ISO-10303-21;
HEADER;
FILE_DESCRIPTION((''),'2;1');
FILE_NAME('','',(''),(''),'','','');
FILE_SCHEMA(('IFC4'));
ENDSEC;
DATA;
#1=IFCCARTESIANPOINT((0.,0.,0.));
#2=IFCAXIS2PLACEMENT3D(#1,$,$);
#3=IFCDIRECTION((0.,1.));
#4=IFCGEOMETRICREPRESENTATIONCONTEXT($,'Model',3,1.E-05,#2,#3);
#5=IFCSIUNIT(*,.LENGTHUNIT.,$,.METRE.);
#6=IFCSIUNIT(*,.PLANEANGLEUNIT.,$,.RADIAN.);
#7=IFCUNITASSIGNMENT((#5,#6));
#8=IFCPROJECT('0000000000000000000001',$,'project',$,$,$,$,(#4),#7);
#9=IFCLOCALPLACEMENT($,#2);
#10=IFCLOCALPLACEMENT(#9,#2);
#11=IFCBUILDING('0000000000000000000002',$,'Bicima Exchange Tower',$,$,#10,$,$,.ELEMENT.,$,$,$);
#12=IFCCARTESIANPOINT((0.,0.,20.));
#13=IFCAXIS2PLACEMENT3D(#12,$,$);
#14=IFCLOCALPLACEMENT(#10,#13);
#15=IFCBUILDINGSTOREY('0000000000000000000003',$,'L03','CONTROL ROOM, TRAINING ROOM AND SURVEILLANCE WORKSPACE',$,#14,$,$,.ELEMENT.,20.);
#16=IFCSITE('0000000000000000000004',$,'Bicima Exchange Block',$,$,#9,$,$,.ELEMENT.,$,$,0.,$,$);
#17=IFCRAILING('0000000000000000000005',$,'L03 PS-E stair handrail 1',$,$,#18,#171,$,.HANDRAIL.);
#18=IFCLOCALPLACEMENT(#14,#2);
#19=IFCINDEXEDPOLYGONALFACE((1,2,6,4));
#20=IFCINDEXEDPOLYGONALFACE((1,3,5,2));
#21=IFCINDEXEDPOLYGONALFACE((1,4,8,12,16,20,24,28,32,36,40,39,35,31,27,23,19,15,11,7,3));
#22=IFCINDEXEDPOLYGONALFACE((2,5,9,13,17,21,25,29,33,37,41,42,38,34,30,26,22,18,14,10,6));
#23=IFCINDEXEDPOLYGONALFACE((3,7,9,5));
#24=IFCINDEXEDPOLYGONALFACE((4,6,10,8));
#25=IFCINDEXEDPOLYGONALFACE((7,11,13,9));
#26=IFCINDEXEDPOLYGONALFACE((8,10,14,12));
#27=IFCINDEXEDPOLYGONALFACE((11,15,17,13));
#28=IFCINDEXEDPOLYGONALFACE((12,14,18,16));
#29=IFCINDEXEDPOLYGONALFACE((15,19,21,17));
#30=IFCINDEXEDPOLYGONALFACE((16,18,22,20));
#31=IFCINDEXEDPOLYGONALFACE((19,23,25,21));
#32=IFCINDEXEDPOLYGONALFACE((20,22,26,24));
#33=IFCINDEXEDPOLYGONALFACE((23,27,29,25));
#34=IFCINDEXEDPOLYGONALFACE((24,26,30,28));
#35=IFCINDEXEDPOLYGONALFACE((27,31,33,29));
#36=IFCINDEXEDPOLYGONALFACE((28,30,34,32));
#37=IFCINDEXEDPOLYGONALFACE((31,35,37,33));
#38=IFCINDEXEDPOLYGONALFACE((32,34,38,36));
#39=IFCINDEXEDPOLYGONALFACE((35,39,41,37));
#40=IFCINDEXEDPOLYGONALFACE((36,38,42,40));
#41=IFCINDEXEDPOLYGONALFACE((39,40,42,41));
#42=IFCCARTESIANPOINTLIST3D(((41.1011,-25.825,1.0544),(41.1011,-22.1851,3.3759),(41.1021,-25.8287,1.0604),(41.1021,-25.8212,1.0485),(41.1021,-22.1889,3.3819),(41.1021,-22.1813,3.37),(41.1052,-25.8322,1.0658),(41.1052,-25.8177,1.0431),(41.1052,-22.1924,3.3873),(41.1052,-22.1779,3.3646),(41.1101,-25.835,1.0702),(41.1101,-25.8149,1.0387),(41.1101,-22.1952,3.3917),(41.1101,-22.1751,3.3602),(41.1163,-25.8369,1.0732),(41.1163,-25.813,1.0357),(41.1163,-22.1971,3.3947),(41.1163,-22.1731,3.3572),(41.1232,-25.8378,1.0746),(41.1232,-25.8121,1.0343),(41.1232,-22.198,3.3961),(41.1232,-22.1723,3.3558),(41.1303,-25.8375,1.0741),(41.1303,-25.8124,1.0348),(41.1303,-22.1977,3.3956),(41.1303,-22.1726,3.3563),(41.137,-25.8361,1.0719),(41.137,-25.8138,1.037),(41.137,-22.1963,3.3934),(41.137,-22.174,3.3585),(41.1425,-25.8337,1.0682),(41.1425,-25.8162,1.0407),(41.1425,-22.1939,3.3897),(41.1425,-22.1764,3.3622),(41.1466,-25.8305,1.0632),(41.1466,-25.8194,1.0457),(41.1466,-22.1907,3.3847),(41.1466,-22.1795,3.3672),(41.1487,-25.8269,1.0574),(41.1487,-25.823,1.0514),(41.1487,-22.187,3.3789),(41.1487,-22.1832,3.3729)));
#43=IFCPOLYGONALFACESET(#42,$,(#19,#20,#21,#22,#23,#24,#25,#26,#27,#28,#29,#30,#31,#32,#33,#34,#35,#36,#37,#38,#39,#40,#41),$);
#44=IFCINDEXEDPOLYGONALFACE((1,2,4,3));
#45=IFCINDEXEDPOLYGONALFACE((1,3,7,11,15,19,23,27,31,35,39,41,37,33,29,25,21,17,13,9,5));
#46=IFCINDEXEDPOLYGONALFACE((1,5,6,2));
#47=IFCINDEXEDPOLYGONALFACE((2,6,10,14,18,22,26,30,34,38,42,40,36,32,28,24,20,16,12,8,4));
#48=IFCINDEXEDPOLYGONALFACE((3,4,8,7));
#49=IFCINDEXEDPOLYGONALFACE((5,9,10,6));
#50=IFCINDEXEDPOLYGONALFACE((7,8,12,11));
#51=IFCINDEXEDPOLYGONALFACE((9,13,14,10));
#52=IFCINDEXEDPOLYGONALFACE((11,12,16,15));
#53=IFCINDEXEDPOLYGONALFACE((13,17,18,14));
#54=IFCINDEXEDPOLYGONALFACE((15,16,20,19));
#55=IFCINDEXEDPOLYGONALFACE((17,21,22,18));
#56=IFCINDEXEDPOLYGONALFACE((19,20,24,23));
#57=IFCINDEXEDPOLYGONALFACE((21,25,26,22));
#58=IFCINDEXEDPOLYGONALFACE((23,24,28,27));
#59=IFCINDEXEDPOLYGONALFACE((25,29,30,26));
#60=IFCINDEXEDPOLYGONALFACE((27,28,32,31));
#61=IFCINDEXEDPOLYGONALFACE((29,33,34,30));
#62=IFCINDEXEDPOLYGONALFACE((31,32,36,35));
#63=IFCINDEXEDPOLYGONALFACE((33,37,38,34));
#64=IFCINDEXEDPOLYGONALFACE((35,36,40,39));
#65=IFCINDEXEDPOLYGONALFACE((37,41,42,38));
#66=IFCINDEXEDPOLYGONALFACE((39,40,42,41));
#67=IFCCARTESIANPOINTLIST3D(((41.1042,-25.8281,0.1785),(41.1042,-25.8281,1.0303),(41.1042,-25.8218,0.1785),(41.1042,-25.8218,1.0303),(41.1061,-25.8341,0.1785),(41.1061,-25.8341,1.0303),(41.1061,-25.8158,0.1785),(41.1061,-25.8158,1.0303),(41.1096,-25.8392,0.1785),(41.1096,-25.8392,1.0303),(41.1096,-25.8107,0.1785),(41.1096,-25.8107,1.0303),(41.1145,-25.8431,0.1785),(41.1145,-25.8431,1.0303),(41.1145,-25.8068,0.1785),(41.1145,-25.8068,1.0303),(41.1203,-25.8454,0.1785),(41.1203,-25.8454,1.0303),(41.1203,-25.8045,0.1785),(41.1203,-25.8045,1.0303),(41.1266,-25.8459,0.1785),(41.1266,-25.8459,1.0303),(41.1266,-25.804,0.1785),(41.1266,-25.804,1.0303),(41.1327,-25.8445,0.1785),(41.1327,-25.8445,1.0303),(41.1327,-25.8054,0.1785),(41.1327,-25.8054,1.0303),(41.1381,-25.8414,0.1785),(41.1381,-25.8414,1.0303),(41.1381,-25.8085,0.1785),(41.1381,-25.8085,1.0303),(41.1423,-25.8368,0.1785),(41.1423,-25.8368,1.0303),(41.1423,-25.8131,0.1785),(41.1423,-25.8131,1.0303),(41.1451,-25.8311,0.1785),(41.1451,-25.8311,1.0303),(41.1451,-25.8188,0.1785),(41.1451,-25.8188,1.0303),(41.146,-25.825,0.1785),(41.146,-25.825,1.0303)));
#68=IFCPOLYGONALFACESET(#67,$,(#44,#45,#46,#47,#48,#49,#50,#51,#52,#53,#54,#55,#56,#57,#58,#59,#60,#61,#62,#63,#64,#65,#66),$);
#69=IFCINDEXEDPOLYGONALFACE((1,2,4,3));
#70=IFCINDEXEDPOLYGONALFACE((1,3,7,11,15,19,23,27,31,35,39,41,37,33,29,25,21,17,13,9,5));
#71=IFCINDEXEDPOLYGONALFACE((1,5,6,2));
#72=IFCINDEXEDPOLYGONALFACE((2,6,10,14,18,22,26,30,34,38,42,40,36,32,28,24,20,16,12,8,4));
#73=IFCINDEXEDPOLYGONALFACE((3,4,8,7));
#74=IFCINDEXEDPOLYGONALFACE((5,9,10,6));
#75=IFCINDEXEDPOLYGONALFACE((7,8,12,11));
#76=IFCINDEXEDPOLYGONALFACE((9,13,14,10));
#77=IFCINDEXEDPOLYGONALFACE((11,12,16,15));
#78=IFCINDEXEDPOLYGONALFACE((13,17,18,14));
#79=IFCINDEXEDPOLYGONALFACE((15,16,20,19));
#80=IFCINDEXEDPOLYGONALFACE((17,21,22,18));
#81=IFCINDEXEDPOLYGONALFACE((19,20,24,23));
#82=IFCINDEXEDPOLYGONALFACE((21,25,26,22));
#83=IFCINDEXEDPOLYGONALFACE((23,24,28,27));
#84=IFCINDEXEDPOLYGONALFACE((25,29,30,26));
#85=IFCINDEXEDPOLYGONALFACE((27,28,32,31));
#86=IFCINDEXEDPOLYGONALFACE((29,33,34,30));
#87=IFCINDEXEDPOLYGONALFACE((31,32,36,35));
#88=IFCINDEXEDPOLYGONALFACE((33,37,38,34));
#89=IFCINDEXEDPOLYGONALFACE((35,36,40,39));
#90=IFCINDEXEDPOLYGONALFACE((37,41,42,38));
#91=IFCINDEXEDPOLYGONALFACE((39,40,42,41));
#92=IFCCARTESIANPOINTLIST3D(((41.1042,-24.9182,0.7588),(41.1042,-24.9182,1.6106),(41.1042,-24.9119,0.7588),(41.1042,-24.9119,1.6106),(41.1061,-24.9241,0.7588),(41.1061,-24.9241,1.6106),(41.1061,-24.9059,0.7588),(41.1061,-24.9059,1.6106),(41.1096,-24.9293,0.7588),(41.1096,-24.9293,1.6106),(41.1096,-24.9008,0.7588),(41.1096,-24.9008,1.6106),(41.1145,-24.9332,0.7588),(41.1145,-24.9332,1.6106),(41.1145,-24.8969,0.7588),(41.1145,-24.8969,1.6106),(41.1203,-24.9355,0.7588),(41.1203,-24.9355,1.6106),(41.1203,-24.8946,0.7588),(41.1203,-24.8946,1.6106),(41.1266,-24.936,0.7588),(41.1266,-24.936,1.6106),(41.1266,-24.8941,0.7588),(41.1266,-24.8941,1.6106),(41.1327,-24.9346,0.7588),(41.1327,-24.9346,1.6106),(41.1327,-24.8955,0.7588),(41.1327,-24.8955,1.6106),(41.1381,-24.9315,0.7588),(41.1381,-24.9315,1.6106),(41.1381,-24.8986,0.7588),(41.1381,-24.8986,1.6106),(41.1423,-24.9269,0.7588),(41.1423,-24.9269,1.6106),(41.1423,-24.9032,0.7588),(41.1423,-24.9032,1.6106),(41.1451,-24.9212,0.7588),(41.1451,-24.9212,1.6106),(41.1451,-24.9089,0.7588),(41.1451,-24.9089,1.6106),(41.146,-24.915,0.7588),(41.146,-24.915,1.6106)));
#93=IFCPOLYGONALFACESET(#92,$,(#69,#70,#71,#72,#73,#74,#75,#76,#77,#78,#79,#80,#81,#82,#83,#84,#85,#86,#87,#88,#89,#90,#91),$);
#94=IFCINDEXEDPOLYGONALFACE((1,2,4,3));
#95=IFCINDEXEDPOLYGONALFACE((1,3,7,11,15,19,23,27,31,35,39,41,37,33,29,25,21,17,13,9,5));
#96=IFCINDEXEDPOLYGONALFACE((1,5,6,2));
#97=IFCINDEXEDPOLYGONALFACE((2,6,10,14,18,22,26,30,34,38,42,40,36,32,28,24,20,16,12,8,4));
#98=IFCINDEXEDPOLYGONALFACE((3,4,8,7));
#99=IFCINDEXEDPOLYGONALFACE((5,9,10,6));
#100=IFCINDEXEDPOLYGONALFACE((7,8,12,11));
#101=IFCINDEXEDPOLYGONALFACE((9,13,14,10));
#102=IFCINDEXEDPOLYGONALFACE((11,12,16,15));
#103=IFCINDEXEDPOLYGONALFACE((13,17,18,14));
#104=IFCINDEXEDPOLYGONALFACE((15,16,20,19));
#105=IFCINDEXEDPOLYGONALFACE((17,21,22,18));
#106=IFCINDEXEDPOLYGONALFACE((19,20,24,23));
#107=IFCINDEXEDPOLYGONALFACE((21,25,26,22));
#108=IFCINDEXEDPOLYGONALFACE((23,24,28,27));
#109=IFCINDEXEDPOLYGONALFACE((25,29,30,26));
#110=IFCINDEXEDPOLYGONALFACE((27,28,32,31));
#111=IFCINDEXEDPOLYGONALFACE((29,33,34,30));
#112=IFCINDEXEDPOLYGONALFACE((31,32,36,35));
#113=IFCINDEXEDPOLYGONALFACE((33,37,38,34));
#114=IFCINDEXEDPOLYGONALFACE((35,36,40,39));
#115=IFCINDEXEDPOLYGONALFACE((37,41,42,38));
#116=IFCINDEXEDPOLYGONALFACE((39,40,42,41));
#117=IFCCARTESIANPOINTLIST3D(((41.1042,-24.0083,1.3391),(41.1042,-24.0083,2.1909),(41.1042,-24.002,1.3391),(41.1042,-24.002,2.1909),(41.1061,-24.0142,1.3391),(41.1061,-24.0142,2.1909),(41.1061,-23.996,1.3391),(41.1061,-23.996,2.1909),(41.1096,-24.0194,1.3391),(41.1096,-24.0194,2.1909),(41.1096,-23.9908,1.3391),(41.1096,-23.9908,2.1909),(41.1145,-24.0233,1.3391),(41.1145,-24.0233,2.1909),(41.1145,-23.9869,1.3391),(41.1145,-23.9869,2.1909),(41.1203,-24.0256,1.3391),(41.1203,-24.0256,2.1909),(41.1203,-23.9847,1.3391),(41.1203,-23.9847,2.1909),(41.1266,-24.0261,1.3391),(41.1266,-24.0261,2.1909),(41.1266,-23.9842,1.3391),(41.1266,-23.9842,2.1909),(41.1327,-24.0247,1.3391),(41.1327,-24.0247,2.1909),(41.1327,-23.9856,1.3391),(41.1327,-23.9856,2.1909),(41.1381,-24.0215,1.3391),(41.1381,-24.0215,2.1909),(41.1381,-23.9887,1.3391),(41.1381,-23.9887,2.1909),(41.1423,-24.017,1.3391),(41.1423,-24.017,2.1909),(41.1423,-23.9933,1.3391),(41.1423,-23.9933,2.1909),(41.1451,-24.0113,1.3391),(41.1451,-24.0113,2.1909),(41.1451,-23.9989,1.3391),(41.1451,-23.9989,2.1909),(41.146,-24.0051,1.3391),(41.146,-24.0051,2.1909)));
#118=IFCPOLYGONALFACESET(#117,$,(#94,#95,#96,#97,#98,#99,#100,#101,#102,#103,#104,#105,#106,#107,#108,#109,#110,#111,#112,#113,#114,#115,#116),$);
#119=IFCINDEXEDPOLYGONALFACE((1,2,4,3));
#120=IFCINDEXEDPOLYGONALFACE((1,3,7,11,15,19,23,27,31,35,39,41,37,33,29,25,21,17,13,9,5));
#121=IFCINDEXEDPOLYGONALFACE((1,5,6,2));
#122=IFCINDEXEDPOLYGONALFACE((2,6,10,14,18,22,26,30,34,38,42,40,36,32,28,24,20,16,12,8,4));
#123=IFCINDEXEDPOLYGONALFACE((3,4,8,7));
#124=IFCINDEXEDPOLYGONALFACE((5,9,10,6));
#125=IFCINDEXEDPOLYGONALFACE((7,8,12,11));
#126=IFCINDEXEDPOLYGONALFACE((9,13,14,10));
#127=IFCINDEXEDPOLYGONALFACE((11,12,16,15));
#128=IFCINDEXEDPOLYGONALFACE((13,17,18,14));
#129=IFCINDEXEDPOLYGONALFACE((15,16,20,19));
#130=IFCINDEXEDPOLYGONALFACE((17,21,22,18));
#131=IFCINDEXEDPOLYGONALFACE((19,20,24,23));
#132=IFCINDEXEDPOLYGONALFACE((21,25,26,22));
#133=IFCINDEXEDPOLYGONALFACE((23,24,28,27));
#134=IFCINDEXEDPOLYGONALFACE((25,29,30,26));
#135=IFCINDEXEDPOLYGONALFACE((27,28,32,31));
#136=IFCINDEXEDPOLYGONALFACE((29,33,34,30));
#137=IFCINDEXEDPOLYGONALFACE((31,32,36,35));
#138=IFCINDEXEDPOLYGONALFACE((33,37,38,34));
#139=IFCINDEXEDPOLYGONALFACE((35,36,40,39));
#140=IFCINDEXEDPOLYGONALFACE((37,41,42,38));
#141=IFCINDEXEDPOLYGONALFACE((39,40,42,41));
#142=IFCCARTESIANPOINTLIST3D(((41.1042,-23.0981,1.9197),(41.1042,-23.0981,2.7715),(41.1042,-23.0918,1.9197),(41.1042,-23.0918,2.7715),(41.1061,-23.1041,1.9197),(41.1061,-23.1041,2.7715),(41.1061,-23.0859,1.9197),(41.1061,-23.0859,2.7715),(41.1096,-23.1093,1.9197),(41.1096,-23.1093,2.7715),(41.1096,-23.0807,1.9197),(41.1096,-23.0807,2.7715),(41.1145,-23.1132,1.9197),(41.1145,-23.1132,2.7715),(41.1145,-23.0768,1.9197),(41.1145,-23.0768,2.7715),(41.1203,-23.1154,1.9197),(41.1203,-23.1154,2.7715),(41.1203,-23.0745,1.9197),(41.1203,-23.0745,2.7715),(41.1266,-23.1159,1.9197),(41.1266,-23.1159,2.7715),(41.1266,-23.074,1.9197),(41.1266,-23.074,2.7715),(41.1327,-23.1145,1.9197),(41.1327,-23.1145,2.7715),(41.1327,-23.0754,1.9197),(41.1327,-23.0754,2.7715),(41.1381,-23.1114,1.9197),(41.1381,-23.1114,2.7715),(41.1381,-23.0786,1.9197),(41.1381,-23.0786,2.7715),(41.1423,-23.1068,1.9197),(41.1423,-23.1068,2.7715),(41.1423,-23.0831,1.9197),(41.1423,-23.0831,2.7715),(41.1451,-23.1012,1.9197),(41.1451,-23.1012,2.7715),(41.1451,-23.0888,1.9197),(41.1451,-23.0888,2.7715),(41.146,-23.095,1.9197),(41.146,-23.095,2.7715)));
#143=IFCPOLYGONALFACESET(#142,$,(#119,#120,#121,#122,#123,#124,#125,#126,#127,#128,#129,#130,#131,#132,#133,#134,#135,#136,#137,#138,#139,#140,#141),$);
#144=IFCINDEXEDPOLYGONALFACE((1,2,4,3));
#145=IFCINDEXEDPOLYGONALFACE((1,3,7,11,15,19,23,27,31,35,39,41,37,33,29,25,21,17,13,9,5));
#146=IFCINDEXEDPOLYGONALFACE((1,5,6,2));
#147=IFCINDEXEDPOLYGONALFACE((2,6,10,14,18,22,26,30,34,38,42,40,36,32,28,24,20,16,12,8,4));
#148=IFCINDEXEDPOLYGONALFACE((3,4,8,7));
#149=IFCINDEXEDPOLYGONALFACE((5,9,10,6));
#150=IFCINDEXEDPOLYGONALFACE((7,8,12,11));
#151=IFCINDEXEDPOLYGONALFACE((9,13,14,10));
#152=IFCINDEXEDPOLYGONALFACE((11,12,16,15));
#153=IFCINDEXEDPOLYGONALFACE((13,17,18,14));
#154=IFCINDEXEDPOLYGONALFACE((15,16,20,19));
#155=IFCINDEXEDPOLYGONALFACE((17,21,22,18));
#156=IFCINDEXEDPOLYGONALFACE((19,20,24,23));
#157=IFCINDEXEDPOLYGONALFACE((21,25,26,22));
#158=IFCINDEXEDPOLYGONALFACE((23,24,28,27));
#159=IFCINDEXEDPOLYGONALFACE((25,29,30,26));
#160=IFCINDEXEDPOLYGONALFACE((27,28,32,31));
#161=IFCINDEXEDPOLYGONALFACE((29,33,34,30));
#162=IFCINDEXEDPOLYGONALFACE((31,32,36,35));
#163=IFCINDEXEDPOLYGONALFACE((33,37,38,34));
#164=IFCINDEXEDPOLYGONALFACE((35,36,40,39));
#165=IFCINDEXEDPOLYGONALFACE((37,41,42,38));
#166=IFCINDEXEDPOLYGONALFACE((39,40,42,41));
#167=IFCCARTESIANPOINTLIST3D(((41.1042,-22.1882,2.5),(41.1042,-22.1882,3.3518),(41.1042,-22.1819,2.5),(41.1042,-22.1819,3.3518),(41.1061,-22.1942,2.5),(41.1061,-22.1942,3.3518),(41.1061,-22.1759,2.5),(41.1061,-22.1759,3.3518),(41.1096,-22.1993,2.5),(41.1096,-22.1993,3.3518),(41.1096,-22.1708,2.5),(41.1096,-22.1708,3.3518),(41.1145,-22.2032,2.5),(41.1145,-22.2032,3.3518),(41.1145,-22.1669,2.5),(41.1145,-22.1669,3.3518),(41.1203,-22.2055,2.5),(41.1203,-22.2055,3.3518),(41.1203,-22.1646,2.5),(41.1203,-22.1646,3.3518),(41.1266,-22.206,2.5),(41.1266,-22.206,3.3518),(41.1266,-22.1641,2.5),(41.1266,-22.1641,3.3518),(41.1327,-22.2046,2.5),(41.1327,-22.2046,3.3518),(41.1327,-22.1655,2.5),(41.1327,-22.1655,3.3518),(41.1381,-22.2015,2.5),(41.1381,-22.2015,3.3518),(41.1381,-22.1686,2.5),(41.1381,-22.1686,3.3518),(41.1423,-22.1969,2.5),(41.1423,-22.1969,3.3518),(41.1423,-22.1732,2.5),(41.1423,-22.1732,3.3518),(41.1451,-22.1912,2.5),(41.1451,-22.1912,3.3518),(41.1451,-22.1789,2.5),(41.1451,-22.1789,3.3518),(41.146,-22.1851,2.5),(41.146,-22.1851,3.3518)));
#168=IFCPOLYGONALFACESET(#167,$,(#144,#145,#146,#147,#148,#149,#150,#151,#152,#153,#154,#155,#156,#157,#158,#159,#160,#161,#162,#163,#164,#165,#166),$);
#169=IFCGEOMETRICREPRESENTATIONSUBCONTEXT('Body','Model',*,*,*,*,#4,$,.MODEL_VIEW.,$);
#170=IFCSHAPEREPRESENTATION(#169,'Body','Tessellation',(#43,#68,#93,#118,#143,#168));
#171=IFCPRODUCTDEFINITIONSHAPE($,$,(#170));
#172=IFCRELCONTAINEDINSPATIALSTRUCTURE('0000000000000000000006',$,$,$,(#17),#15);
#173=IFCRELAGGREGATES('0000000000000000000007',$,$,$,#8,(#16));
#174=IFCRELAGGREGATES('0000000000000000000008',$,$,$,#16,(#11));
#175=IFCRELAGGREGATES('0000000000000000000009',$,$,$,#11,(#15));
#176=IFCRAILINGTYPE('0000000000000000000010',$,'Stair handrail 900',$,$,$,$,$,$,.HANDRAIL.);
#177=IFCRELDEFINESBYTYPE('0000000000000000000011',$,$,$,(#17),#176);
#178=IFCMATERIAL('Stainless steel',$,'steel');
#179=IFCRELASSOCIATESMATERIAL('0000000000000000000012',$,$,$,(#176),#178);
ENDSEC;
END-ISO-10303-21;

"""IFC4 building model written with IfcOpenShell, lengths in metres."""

from ifc_helpers import new_model, si_unit, direction, frame, origin, origin_2d, place, context, subcontext, project, spatial, circle, extrude, material, type_object, element, save


model = new_model("IFC4")

# Units and contexts
model_context = context("Model", 3, precision=1e-05, world=origin(), true_north=direction((0.0, 1.0)))
body_context = subcontext(model_context, "Body", "Model", "MODEL_VIEW")
ifc_project = project(units=[si_unit("LENGTHUNIT", "METRE"), si_unit("PLANEANGLEUNIT", "RADIAN")], contexts=[model_context])

# Site, building, storey
site_placement = place(None, origin())
site = spatial("IfcSite", under=ifc_project, at=site_placement, Name="Bicima Exchange Block", CompositionType="ELEMENT", RefElevation=0.0)
building_placement = place(site_placement, origin())
building = spatial("IfcBuilding", under=site, at=building_placement, Name="Bicima Exchange Tower", CompositionType="ELEMENT")
storey_placement = place(building_placement, frame((0.0, 0.0, 20.0)))
storey = spatial("IfcBuildingStorey", under=building, at=storey_placement, Name="L03", Description="CONTROL ROOM, TRAINING ROOM AND SURVEILLANCE WORKSPACE", CompositionType="ELEMENT", Elevation=20.0)

# Railing
ifc_material_1 = material(Name="Stainless steel", Category="steel")
railing_type_1 = type_object("IfcRailingType", Name="Stair handrail 900", PredefinedType="HANDRAIL", material=ifc_material_1)
for number, where, name in (
    (1, (41.125, -25.825, 0.1785), "L03 PS-E stair handrail 1"),
):
    element("IfcRailing", number, at=place(storey_placement, frame(where)), inside=storey, type_object=railing_type_1, Name=name, PredefinedType="HANDRAIL", context=body_context, shape_type="SweptSolid", body=[
        extrude(circle(Radius=0.0239, at=origin_2d()), frame((0.0, 0.0, 0.876), z_axis=(0.0, 0.843112, 0.537739), x_axis=(-1.0, 0.0, 0.0)), (0.0, 0.0, 1.0), 4.3171),
        extrude(circle(Radius=0.021, at=origin_2d()), origin(), (0.0, 0.0, 1.0), 0.8518),
        extrude(circle(Radius=0.021, at=origin_2d()), frame((0.0, 0.9099, 0.5803)), (0.0, 0.0, 1.0), 0.8518),
        extrude(circle(Radius=0.021, at=origin_2d()), frame((0.0, 1.8198, 1.1606)), (0.0, 0.0, 1.0), 0.8518),
        extrude(circle(Radius=0.021, at=origin_2d()), frame((0.0, 2.73, 1.7412)), (0.0, 0.0, 1.0), 0.8518),
        extrude(circle(Radius=0.021, at=origin_2d()), frame((0.0, 3.6399, 2.3215)), (0.0, 0.0, 1.0), 0.8518),
    ])

save(model, "model.ifc")
